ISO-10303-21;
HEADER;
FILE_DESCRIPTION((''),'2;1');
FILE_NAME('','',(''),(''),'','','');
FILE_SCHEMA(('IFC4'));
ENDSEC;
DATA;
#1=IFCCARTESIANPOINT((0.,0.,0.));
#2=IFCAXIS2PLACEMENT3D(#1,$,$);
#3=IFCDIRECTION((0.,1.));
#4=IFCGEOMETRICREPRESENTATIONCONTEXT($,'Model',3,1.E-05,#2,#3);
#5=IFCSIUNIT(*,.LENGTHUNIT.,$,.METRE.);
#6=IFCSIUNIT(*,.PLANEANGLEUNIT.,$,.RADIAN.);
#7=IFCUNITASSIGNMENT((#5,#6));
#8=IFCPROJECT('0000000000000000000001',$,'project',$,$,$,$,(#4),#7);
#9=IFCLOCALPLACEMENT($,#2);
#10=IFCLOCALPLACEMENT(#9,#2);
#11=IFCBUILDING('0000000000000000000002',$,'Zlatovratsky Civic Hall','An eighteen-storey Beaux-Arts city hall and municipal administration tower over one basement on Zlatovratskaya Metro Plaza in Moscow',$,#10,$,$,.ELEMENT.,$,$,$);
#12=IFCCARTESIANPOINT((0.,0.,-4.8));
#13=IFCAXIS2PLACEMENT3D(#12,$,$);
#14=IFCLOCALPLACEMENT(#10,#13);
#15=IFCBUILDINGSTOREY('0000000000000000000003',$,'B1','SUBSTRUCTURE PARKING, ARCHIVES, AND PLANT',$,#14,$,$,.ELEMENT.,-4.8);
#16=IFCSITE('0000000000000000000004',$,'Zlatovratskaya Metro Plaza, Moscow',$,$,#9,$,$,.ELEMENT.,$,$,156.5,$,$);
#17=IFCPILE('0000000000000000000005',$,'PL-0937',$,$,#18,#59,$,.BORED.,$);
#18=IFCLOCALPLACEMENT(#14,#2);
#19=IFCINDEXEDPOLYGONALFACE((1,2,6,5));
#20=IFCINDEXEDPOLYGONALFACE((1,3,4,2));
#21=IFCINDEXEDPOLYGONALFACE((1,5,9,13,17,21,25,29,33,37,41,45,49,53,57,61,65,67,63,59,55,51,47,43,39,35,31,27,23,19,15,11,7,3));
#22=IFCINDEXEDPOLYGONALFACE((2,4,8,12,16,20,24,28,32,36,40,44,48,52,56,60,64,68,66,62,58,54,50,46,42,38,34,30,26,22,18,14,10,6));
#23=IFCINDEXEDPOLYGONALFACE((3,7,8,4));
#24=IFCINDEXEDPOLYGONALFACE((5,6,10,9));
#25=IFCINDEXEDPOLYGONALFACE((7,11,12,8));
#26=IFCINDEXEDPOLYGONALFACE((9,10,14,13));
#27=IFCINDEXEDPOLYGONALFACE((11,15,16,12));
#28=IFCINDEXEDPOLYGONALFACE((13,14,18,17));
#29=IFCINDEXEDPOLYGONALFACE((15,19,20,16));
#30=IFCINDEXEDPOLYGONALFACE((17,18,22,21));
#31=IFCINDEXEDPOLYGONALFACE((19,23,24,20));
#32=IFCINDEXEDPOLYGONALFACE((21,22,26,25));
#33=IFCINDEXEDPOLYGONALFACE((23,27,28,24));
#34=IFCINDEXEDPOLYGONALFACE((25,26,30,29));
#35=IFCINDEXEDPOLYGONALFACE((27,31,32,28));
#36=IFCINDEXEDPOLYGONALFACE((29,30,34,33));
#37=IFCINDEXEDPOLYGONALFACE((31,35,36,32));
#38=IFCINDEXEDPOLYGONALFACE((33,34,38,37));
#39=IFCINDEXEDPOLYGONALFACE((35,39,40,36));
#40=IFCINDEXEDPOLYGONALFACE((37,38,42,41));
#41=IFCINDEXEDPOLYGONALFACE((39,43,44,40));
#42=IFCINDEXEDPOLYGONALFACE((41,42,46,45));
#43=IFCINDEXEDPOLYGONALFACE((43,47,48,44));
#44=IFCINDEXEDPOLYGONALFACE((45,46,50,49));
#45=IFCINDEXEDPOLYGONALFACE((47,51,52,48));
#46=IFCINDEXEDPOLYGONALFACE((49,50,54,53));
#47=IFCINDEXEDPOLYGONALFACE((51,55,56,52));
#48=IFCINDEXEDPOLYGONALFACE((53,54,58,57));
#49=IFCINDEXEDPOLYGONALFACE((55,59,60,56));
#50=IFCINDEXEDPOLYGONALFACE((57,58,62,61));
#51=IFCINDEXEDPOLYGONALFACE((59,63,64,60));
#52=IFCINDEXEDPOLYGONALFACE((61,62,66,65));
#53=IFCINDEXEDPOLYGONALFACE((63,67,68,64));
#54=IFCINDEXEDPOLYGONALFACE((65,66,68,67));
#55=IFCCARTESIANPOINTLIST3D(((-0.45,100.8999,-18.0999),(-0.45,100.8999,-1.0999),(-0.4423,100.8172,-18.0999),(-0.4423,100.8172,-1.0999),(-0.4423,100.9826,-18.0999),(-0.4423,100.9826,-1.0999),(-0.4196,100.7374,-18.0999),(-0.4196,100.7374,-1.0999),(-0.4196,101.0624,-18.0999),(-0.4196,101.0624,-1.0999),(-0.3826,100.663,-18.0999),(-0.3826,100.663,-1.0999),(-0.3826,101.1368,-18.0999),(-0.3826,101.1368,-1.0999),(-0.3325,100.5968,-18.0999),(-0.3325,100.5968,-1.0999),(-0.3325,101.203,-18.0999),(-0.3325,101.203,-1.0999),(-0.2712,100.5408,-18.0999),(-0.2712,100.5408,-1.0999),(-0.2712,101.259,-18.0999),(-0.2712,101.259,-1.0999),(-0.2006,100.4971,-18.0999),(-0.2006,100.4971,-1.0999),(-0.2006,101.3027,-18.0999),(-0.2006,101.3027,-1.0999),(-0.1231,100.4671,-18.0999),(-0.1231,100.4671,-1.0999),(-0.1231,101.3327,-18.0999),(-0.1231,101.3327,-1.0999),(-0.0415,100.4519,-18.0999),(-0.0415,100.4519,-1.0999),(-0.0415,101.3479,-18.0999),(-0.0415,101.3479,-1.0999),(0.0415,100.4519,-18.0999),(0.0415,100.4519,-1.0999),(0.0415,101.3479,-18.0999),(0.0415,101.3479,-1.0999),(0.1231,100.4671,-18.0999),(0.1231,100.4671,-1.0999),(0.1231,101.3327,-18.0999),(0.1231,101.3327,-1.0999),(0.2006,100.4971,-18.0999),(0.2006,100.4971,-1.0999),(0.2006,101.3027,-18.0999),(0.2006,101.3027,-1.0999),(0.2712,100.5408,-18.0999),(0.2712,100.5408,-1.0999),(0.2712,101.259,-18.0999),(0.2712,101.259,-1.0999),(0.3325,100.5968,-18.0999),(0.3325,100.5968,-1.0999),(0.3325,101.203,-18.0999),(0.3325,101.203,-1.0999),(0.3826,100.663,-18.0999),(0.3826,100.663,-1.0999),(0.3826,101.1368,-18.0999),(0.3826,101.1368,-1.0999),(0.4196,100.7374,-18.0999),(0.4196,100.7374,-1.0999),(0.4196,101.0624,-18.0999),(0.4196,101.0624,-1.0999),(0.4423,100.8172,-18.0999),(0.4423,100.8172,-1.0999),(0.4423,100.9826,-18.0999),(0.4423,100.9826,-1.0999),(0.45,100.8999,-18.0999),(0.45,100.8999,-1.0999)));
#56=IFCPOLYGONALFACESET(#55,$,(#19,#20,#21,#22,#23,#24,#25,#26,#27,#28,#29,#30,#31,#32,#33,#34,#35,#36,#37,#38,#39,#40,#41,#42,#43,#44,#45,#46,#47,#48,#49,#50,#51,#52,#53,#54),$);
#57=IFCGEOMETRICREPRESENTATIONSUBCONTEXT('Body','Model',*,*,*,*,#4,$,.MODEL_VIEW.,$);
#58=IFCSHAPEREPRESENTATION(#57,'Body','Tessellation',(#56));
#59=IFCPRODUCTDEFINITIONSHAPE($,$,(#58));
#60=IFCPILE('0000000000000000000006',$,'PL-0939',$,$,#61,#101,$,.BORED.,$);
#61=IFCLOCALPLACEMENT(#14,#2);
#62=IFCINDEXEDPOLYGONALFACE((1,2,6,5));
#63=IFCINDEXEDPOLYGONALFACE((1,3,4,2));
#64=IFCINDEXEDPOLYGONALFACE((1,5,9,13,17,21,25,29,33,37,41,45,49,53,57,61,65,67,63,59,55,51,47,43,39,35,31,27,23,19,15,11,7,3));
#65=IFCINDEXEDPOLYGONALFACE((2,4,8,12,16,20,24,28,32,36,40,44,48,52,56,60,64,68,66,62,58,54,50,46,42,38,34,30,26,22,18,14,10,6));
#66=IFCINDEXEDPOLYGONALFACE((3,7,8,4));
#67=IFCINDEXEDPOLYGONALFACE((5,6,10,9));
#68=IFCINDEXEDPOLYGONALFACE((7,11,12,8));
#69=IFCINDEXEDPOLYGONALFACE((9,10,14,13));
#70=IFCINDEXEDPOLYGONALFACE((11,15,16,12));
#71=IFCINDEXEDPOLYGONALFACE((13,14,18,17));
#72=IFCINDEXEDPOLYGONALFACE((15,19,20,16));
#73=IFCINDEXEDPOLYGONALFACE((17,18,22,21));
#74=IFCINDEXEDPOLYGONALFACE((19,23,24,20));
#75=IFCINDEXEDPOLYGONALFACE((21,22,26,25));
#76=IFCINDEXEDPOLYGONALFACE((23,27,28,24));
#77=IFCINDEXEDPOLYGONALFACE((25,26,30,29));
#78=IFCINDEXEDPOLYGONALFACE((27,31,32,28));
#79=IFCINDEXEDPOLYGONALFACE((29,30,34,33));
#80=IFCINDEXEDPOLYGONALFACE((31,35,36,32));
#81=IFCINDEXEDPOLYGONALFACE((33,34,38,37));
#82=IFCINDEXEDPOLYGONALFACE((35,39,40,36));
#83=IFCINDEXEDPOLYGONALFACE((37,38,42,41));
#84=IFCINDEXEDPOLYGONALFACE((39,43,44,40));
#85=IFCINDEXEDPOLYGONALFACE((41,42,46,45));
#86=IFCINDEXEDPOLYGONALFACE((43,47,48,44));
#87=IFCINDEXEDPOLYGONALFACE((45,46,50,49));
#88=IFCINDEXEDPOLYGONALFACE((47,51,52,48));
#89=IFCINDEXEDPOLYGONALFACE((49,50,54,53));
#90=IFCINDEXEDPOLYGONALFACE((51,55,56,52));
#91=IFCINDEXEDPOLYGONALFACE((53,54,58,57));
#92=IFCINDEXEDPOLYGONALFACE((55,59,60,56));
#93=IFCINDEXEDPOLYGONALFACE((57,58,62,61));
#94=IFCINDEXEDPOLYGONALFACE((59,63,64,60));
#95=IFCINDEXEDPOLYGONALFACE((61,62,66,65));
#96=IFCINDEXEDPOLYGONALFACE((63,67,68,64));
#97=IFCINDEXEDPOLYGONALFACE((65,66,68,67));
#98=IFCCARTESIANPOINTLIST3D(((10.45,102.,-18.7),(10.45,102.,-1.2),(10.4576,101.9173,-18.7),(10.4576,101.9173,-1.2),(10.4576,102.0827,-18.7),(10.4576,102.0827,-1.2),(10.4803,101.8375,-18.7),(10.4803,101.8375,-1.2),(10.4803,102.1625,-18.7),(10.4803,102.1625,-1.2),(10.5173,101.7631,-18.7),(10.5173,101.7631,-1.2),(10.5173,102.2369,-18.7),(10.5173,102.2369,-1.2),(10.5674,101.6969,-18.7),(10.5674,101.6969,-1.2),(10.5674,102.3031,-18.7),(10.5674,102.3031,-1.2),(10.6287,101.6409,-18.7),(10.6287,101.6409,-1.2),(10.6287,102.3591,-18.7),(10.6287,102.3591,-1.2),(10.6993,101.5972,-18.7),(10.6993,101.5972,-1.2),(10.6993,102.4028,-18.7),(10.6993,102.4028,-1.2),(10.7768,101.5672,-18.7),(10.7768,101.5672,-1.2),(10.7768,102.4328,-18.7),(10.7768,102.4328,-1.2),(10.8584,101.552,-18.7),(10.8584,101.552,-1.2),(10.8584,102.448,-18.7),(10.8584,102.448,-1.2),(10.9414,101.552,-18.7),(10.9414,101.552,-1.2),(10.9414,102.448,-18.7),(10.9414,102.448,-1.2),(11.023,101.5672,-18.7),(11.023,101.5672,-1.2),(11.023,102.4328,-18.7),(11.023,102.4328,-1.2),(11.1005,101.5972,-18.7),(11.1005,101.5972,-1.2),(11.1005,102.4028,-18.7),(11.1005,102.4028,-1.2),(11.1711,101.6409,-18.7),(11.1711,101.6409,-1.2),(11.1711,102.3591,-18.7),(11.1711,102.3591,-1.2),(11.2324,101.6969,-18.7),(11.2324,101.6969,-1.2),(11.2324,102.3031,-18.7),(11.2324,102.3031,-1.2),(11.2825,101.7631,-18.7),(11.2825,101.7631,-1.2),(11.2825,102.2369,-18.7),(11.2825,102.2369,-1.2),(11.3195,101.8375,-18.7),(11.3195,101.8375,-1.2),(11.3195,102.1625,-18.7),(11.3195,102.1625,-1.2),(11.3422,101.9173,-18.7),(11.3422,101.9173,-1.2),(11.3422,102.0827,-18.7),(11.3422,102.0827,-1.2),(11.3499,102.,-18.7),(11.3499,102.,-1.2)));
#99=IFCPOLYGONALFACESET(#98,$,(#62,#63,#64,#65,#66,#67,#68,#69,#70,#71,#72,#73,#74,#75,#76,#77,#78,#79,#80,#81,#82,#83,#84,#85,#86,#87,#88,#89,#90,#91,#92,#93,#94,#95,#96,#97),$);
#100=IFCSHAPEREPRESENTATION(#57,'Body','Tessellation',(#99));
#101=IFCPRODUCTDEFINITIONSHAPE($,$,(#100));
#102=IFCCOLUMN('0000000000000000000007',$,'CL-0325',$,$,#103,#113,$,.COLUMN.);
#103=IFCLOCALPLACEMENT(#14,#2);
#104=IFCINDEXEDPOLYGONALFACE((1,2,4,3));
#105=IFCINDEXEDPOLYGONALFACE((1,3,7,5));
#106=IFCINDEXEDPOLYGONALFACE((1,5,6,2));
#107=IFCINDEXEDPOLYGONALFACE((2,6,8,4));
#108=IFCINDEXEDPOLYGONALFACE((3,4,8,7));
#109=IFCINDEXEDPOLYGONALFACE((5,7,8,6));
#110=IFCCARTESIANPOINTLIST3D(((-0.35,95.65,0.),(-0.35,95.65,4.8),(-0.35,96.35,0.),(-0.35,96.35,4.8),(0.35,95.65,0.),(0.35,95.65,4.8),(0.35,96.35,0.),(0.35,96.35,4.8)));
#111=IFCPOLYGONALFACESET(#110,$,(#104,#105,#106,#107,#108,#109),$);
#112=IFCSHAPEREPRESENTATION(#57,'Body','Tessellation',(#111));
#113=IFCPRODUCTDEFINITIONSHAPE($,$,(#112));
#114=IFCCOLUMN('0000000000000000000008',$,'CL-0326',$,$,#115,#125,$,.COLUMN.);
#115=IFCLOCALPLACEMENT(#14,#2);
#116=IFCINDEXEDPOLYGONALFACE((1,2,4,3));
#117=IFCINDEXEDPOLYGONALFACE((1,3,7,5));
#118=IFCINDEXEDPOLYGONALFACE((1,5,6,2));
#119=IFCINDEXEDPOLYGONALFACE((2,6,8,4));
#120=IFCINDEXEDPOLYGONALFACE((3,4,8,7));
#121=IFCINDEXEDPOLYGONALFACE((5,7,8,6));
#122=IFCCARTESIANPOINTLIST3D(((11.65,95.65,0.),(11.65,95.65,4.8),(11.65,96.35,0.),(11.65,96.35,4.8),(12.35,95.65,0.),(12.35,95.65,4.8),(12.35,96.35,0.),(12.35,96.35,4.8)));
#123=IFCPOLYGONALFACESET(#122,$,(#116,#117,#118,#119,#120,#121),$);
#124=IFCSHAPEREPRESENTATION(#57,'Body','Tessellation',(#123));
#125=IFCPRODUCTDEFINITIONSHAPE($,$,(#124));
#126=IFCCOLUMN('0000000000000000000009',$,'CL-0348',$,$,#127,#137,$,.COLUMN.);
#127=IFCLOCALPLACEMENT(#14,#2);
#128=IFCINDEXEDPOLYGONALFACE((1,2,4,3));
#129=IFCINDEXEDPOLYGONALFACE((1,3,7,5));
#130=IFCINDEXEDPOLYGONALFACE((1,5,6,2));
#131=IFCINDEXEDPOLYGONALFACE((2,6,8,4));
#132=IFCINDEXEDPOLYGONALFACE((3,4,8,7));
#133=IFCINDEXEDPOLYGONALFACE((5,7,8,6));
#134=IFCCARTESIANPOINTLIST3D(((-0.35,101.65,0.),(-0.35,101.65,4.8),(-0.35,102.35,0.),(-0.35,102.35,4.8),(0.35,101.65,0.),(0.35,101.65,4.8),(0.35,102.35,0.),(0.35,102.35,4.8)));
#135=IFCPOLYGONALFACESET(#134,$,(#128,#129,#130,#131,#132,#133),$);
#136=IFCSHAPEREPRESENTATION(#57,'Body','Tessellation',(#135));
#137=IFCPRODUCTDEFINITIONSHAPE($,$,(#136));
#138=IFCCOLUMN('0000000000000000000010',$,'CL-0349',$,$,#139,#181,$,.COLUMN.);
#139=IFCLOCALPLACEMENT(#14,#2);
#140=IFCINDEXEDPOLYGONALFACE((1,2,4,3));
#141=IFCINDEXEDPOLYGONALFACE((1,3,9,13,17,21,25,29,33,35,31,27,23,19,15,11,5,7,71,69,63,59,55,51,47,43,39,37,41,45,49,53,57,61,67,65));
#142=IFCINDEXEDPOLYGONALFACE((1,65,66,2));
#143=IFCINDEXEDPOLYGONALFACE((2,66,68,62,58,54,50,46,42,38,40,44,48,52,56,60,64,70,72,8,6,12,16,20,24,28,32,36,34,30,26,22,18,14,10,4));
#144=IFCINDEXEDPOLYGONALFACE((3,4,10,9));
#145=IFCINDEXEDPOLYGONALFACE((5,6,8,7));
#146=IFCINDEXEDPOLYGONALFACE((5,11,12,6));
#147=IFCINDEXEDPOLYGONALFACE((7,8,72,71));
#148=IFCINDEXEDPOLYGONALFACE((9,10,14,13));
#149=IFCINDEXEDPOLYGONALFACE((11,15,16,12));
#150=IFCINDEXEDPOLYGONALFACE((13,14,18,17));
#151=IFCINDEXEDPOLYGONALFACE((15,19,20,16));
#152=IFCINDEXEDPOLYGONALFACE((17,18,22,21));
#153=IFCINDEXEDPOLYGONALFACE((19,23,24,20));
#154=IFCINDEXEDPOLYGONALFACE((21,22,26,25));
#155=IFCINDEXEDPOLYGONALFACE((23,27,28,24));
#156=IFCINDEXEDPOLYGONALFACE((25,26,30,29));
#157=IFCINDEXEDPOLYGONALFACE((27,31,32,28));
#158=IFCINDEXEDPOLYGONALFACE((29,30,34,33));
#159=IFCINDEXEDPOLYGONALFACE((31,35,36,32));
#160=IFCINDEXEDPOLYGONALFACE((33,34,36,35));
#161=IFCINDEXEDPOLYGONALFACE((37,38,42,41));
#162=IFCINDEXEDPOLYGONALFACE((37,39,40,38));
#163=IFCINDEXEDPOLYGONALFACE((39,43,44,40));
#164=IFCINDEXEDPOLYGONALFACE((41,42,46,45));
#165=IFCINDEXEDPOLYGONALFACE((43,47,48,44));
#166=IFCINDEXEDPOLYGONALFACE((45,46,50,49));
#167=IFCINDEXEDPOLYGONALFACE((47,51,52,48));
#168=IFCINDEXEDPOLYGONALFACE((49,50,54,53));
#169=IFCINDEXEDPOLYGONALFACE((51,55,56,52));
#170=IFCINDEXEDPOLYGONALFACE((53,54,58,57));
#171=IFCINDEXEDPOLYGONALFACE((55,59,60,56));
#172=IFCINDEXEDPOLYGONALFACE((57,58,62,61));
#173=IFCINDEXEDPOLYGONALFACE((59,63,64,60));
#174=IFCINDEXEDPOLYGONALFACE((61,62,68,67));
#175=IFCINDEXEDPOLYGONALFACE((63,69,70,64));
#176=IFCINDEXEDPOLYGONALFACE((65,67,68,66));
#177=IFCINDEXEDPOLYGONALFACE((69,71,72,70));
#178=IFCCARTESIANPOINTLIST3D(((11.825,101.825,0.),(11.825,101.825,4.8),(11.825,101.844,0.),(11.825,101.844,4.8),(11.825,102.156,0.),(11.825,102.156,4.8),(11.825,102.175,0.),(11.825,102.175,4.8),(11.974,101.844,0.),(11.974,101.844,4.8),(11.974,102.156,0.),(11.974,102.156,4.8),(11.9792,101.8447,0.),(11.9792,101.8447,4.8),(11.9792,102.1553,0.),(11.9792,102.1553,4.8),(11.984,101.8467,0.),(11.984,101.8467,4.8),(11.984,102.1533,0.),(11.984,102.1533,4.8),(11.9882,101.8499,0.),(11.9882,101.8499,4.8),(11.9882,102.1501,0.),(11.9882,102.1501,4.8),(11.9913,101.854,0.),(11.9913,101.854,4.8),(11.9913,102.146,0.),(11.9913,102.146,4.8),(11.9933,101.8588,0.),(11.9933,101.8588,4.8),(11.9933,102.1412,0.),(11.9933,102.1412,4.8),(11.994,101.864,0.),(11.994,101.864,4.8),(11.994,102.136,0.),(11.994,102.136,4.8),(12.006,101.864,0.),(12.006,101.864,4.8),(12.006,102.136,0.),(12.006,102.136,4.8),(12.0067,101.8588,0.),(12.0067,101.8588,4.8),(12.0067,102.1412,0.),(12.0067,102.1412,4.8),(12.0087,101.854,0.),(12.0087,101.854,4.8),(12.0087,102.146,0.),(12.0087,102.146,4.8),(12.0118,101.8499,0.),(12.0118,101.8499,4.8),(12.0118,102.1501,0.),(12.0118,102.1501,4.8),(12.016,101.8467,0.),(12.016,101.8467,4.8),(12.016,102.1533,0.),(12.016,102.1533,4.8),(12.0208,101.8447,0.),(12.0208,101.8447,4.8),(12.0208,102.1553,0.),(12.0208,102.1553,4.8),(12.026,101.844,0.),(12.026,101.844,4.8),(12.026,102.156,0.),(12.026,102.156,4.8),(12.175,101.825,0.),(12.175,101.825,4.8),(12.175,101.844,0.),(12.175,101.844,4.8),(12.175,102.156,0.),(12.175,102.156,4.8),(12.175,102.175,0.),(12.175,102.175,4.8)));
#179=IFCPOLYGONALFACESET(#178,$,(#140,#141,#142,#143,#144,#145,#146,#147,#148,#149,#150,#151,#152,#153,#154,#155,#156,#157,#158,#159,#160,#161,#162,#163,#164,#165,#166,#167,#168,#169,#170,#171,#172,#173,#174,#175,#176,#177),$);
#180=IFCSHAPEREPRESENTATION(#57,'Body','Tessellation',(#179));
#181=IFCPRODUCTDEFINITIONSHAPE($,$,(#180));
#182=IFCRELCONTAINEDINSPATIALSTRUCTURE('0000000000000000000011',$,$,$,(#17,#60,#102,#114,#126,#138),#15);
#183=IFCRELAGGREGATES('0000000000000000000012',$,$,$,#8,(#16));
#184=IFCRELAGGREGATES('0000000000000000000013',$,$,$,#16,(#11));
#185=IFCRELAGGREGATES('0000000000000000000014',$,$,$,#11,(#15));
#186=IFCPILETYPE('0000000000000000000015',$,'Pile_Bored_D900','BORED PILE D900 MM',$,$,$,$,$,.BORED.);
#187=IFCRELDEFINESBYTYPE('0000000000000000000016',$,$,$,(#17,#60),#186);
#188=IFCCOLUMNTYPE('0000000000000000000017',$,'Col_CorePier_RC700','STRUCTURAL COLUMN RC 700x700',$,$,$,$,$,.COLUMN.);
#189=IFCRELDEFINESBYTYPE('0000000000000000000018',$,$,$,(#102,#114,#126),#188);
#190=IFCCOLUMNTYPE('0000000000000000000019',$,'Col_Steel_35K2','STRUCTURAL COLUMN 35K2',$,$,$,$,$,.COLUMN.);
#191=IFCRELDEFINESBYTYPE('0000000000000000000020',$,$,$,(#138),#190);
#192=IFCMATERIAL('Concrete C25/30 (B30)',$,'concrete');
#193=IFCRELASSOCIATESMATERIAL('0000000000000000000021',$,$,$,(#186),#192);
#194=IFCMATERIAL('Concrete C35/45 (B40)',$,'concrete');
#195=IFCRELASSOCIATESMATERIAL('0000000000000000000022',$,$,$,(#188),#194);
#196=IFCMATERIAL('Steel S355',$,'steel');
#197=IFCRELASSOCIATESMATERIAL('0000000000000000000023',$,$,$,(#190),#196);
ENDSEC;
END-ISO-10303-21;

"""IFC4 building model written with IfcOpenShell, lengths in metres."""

from ifc_helpers import new_model, si_unit, direction, frame, origin, origin_2d, place, context, subcontext, project, spatial, rectangle, circle, i_section, extrude, material, material_profile, profile_set, type_object, element, save


model = new_model("IFC4")

# Units and contexts
model_context = context("Model", 3, precision=1e-05, world=origin(), true_north=direction((0.0, 1.0)))
body_context = subcontext(model_context, "Body", "Model", "MODEL_VIEW")
ifc_project = project(units=[si_unit("LENGTHUNIT", "METRE"), si_unit("PLANEANGLEUNIT", "RADIAN")], contexts=[model_context])

# Site, building, storey
site_placement = place(None, origin())
site = spatial("IfcSite", under=ifc_project, at=site_placement, Name="Zlatovratskaya Metro Plaza, Moscow", CompositionType="ELEMENT", RefElevation=156.5)
building_placement = place(site_placement, origin())
building = spatial("IfcBuilding", under=site, at=building_placement, Name="Zlatovratsky Civic Hall", Description="An eighteen-storey Beaux-Arts city hall and municipal administration tower over one basement on Zlatovratskaya Metro Plaza in Moscow", CompositionType="ELEMENT")
storey_placement = place(building_placement, frame((0.0, 0.0, -4.8)))
storey = spatial("IfcBuildingStorey", under=building, at=storey_placement, Name="B1", Description="SUBSTRUCTURE PARKING, ARCHIVES, AND PLANT", CompositionType="ELEMENT", Elevation=-4.8)

# Shared definitions
ifc_material_1 = material(Name="Concrete C25/30 (B30)", Category="concrete")

# Piles
ifc_material_profile_1 = material_profile(ifc_material_1, circle(Radius=0.45, at=origin_2d()), Name="PILE D900")
ifc_profile_set_1 = profile_set([ifc_material_profile_1], Name="Concrete C25/30 (B30)")
pile_type_1 = type_object("IfcPileType", Name="Pile_Bored_D900", Description="BORED PILE D900 MM", PredefinedType="BORED", material=ifc_profile_set_1)
for number, where, z_axis, x_axis, name in (
    (1, (0.0, 100.8999, -1.0999), (0.0, 0.0, -1.0), (1.0, 0.0, 0.0), "PL-0937"),
):
    element("IfcPile", number, at=place(storey_placement, frame(where, z_axis=z_axis, x_axis=x_axis)), inside=storey, type_object=pile_type_1, Name=name, PredefinedType="BORED", context=body_context, shape_type="SweptSolid", body=[
        extrude(circle(Radius=0.45, at=origin_2d()), origin(), (0.0, 0.0, 1.0), 17.0),
    ])
pile_placement = place(storey_placement, frame((10.8999, 102.0, -1.2), z_axis=(0.0, 0.0, -1.0), x_axis=(1.0, 0.0, 0.0)))
element("IfcPile", 2, at=pile_placement, inside=storey, type_object=pile_type_1, Name="PL-0939", PredefinedType="BORED", context=body_context, shape_type="SweptSolid", body=[
    extrude(circle(Radius=0.45, at=origin_2d()), origin(), (0.0, 0.0, 1.0), 17.5),
])

# Columns
ifc_material_2 = material(Name="Concrete C35/45 (B40)", Category="concrete")
ifc_material_profile_2 = material_profile(ifc_material_2, rectangle(XDim=0.7, YDim=0.7, at=origin_2d()), Name="RC 700x700")
ifc_profile_set_2 = profile_set([ifc_material_profile_2], Name="Concrete C35/45 (B40)")
column_type_1 = type_object("IfcColumnType", Name="Col_CorePier_RC700", Description="STRUCTURAL COLUMN RC 700x700", PredefinedType="COLUMN", material=ifc_profile_set_2)
for number, where, z_axis, x_axis, name in (
    (3, (0.0, 96.0, 0.0), (0.0, 0.0, 1.0), (1.0, 0.0, 0.0), "CL-0325"),
    (4, (12.0, 96.0, 0.0), (0.0, 0.0, 1.0), (1.0, 0.0, 0.0), "CL-0326"),
    (5, (0.0, 102.0, 0.0), (0.0, 0.0, 1.0), (1.0, 0.0, 0.0), "CL-0348"),
):
    element("IfcColumn", number, at=place(storey_placement, frame(where, z_axis=z_axis, x_axis=x_axis)), inside=storey, type_object=column_type_1, Name=name, PredefinedType="COLUMN", context=body_context, shape_type="SweptSolid", body=[
        extrude(rectangle(XDim=0.7, YDim=0.7, at=origin_2d()), origin(), (0.0, 0.0, 1.0), 4.8),
    ])
ifc_material_3 = material(Name="Steel S355", Category="steel")
ifc_material_profile_3 = material_profile(ifc_material_3, i_section(OverallWidth=0.3501, OverallDepth=0.3501, WebThickness=0.012, FlangeThickness=0.019, FilletRadius=0.02, at=origin_2d()), Name="35K2")
ifc_profile_set_3 = profile_set([ifc_material_profile_3], Name="Steel S355")
column_type_2 = type_object("IfcColumnType", Name="Col_Steel_35K2", Description="STRUCTURAL COLUMN 35K2", PredefinedType="COLUMN", material=ifc_profile_set_3)
column_placement = place(storey_placement, frame((12.0, 102.0, 0.0), z_axis=(0.0, 0.0, 1.0), x_axis=(1.0, 0.0, 0.0)))
element("IfcColumn", 6, at=column_placement, inside=storey, type_object=column_type_2, Name="CL-0349", PredefinedType="COLUMN", context=body_context, shape_type="SweptSolid", body=[
    extrude(i_section(OverallWidth=0.3501, OverallDepth=0.3501, WebThickness=0.012, FlangeThickness=0.019, FilletRadius=0.02, at=origin_2d()), origin(), (0.0, 0.0, 1.0), 4.8),
])

save(model, "model.ifc")
